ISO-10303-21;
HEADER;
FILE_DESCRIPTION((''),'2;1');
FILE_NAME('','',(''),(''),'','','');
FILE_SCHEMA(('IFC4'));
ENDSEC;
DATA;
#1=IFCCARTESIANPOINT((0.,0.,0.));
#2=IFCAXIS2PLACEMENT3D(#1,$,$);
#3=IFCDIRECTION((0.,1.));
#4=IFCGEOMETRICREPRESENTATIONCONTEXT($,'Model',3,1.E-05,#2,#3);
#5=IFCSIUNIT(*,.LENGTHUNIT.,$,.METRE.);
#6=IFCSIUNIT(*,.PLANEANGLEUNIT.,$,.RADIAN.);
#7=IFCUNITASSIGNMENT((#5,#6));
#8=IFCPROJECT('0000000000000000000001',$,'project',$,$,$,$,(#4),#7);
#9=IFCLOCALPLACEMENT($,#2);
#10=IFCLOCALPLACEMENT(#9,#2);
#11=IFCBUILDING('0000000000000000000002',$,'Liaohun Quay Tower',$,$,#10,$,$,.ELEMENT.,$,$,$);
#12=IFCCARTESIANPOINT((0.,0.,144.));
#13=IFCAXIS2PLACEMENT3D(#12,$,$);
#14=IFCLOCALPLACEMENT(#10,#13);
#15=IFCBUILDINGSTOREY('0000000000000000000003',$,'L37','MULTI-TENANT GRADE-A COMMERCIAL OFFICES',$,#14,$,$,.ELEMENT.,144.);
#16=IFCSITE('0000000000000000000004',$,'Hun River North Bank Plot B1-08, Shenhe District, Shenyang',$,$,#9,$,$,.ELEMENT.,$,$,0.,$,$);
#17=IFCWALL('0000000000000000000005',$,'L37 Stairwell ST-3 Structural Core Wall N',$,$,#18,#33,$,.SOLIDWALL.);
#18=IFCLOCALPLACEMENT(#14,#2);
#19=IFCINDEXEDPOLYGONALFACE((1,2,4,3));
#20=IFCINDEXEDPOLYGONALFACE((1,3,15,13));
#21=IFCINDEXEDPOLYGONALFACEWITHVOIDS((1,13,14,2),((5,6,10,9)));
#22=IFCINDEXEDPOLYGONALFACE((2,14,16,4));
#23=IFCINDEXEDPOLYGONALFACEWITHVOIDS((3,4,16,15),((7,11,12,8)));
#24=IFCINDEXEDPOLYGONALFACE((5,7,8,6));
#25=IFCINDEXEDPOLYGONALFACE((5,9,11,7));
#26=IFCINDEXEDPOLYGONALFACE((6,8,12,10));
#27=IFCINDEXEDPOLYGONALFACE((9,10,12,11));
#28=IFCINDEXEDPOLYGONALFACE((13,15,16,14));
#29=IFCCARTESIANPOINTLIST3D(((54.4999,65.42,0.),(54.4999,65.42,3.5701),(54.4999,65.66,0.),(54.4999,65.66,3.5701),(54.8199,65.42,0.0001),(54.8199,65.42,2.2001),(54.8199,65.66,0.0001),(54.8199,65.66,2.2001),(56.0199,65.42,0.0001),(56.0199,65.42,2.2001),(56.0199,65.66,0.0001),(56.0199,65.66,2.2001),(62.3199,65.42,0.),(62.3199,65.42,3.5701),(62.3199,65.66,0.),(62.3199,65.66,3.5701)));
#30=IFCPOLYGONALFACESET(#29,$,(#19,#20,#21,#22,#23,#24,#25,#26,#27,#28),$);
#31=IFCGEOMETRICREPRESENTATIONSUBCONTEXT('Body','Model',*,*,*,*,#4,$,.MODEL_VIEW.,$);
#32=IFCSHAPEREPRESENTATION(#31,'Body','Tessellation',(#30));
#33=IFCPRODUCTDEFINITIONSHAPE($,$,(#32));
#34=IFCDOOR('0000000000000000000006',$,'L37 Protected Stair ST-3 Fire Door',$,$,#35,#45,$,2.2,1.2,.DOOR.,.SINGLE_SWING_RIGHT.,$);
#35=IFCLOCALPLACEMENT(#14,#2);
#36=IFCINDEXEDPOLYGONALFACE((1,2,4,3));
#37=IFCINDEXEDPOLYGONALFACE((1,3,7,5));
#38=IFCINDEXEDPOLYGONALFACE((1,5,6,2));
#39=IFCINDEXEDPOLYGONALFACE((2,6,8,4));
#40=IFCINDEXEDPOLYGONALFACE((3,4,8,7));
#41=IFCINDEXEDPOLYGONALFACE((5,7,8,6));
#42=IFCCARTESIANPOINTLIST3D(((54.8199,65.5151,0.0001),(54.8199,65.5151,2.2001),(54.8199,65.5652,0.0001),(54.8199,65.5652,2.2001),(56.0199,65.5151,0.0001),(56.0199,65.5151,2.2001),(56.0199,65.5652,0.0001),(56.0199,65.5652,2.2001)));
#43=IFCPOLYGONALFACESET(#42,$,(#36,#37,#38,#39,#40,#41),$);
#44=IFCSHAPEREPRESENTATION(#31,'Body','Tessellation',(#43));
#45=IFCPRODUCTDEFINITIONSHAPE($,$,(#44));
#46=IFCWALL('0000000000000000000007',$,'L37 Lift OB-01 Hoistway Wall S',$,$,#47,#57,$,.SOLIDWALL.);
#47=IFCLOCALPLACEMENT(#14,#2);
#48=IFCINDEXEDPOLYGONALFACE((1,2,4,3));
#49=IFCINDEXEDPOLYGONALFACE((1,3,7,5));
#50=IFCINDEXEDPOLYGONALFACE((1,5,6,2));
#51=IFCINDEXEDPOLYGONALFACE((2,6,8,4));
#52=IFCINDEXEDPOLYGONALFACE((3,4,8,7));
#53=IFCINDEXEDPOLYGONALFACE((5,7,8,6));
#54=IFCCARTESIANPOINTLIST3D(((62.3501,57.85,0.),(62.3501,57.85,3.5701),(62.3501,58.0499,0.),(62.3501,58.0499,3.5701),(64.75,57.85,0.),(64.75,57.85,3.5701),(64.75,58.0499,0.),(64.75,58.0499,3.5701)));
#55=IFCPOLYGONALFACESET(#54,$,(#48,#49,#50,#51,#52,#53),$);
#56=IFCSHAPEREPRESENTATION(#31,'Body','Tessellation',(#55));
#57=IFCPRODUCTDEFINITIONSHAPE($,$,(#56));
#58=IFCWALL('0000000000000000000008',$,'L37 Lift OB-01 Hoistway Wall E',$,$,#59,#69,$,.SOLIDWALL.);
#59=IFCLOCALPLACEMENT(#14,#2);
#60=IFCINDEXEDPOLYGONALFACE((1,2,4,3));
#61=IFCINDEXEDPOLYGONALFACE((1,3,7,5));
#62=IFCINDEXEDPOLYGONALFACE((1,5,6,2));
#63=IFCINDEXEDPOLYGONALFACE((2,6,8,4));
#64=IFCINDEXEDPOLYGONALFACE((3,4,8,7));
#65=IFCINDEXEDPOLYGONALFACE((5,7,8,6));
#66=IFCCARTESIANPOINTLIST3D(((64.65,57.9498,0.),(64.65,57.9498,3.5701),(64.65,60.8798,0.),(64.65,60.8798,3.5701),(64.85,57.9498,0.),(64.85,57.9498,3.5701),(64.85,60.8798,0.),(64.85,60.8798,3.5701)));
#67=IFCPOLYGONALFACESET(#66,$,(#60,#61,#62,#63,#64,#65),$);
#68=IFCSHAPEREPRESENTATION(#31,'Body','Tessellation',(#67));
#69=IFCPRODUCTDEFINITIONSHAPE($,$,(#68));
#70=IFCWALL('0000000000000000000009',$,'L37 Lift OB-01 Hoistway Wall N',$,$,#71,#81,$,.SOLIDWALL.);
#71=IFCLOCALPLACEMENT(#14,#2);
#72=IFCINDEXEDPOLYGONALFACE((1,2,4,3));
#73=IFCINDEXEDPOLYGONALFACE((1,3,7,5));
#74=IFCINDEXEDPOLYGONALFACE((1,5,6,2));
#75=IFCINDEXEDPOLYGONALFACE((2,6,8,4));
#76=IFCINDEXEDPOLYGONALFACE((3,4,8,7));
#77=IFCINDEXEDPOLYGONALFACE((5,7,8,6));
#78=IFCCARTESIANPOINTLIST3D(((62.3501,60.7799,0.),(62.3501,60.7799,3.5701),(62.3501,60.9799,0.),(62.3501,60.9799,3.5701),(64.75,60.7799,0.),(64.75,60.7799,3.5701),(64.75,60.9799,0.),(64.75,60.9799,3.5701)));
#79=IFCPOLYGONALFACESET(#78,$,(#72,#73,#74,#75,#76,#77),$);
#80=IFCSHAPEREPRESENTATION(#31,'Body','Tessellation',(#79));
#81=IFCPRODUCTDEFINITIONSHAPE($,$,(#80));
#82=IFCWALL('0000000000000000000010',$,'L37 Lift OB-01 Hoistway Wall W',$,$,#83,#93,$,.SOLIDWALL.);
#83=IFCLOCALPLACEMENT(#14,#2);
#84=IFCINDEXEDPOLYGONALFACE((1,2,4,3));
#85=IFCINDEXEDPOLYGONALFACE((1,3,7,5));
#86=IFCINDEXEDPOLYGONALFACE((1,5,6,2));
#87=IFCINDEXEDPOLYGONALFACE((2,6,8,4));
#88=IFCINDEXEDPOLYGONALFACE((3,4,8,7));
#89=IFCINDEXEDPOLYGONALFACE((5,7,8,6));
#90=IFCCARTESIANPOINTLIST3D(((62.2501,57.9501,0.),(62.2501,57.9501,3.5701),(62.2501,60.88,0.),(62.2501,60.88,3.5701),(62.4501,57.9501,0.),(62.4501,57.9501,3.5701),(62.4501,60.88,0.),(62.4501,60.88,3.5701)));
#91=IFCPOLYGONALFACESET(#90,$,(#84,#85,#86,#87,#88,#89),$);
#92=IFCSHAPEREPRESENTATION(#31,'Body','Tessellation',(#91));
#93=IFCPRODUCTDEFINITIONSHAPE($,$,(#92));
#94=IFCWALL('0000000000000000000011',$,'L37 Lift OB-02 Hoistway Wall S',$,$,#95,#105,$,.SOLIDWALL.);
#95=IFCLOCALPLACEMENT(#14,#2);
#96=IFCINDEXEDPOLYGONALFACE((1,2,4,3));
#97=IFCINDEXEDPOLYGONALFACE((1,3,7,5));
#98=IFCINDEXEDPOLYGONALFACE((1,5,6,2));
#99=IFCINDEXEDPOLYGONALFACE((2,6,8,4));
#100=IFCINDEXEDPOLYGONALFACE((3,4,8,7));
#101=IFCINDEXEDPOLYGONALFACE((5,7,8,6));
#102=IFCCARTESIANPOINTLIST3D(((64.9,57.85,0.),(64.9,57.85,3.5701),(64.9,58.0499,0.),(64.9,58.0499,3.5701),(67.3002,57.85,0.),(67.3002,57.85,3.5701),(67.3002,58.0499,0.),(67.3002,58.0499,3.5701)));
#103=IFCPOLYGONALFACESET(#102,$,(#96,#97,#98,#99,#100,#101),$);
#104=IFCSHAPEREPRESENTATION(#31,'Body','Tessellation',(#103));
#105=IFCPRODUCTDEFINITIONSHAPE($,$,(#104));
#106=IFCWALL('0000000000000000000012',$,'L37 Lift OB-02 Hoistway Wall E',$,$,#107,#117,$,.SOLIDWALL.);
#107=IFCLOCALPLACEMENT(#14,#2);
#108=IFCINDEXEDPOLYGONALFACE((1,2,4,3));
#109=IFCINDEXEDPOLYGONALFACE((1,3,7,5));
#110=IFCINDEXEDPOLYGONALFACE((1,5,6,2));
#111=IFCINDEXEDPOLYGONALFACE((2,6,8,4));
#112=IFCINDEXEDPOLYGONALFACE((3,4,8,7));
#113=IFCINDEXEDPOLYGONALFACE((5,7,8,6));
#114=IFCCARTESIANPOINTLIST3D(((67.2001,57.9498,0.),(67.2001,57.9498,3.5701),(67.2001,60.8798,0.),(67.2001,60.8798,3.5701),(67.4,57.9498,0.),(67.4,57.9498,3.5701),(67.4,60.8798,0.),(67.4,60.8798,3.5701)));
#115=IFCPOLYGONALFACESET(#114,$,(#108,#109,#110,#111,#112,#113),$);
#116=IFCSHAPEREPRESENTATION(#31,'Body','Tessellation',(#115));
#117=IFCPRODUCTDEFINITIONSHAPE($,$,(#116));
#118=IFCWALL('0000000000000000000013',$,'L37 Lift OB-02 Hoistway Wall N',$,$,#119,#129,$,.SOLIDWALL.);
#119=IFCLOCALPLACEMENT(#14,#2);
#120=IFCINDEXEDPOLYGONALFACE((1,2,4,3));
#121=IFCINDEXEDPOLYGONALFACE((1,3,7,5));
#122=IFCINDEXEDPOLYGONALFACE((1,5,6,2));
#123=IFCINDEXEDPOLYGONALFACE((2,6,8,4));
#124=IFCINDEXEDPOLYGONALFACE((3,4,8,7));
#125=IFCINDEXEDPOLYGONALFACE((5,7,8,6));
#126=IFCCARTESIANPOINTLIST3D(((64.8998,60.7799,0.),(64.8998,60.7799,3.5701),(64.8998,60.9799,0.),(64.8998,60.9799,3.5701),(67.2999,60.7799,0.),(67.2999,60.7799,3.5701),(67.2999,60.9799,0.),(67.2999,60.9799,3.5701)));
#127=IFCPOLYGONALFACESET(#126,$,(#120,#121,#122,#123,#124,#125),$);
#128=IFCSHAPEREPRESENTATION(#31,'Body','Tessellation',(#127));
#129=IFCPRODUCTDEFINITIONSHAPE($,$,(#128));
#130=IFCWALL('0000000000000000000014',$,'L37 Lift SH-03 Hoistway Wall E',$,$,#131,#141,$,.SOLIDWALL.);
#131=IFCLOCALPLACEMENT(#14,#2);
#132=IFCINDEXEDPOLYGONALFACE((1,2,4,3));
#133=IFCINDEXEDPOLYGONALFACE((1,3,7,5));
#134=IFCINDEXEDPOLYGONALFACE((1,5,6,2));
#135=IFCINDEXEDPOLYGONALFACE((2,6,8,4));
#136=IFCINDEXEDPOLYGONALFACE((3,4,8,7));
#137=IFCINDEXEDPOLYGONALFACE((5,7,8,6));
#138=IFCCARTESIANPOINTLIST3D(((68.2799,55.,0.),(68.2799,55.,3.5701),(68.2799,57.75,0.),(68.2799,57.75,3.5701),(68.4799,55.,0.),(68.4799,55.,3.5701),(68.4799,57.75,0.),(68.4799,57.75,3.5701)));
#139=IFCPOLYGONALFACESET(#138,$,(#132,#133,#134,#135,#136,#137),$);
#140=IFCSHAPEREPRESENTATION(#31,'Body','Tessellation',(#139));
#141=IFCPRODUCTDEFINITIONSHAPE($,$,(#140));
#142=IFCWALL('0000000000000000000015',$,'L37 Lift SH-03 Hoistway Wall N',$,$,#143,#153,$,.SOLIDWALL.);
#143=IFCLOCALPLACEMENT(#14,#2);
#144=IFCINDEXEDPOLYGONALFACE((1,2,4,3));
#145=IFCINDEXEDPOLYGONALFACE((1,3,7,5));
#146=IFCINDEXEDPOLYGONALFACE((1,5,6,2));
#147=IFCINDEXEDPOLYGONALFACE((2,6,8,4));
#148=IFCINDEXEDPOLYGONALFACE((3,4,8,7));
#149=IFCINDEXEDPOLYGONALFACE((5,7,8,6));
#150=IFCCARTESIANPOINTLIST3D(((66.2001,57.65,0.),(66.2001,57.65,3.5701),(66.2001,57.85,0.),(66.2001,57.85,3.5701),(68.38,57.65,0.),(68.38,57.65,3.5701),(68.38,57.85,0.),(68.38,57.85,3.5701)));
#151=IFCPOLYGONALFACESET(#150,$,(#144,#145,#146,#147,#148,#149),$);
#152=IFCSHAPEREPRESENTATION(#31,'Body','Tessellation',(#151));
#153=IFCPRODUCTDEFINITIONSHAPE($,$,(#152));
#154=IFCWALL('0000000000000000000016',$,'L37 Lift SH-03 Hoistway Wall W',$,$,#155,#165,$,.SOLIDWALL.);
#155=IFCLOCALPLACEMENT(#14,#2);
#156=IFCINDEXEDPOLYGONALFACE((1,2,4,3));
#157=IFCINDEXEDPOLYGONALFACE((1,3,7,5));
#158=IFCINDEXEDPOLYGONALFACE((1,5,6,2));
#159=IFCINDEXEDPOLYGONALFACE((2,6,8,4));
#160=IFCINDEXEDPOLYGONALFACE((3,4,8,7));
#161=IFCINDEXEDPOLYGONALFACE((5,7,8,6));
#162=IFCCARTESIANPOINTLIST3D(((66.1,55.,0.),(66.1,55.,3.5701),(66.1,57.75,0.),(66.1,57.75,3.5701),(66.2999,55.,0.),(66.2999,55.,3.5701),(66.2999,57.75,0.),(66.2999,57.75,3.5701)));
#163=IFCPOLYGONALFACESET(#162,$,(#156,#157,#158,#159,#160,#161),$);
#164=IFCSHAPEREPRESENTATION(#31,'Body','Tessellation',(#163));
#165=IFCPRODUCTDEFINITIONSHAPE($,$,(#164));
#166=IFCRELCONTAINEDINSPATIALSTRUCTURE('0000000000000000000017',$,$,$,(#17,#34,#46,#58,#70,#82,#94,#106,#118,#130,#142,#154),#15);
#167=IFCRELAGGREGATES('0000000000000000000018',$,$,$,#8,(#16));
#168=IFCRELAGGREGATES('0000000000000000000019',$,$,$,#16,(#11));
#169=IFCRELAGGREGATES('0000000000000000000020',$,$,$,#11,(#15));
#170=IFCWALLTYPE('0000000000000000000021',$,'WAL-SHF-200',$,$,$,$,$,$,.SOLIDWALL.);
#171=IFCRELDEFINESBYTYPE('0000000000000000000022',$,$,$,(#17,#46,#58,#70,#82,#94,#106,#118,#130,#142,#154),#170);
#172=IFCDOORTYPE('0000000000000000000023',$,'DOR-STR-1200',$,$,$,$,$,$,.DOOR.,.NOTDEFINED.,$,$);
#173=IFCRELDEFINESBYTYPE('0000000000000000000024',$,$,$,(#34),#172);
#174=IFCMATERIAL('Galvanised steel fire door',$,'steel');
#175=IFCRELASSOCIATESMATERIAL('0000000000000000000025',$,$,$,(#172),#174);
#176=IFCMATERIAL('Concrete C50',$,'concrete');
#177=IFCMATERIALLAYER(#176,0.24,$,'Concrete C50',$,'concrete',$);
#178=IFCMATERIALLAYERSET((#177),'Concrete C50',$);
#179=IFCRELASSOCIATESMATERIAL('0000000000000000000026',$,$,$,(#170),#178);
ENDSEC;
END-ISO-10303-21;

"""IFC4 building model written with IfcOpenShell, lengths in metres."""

from ifc_helpers import new_model, si_unit, direction, frame, frame_2d, origin, place, context, subcontext, project, spatial, rectangle, extrude, source, transform, mapped, material, layer, layer_set, type_object, element, fill, save


model = new_model("IFC4")

# Units and contexts
model_context = context("Model", 3, precision=1e-05, world=origin(), true_north=direction((0.0, 1.0)))
body_context = subcontext(model_context, "Body", "Model", "MODEL_VIEW")
ifc_project = project(units=[si_unit("LENGTHUNIT", "METRE"), si_unit("PLANEANGLEUNIT", "RADIAN")], contexts=[model_context])

# Site, building, storey
site_placement = place(None, origin())
site = spatial("IfcSite", under=ifc_project, at=site_placement, Name="Hun River North Bank Plot B1-08, Shenhe District, Shenyang", CompositionType="ELEMENT", RefElevation=0.0)
building_placement = place(site_placement, origin())
building = spatial("IfcBuilding", under=site, at=building_placement, Name="Liaohun Quay Tower", CompositionType="ELEMENT")
storey_placement = place(building_placement, frame((0.0, 0.0, 144.0)))
storey = spatial("IfcBuildingStorey", under=building, at=storey_placement, Name="L37", Description="MULTI-TENANT GRADE-A COMMERCIAL OFFICES", CompositionType="ELEMENT", Elevation=144.0)

# Shared definitions
ifc_material_1 = material(Name="Galvanised steel fire door", Category="steel")
door_type_1 = type_object("IfcDoorType", Name="DOR-STR-1200", OperationType="NOTDEFINED", PredefinedType="DOOR", material=ifc_material_1)
shared_shape_1 = source(origin(), body_context, "Body", "SweptSolid", [
    extrude(rectangle(XDim=1.2, YDim=2.2, at=frame_2d((0.6001, 1.1001))), frame((0.0, 0.0249, 0.0), z_axis=(0.0, -1.0, 0.0), x_axis=(1.0, 0.0, 0.0)), (0.0, 0.0, 1.0), 0.05),
])

# Shared definitions
ifc_material_2 = material(Name="Concrete C50", Category="concrete")
ifc_layer_1 = layer(ifc_material_2, 0.24, Name="Concrete C50", Category="concrete")
ifc_layer_set_1 = layer_set([ifc_layer_1], Name="Concrete C50")
wall_type_1 = type_object("IfcWallType", Name="WAL-SHF-200", PredefinedType="SOLIDWALL", material=ifc_layer_set_1)

# Wall, opening, door
wall_1_placement = place(storey_placement, frame((62.3201, 65.54, 0.0), z_axis=(0.0, 0.0, 1.0), x_axis=(-1.0, 0.0, 0.0)))
wall_1 = element("IfcWall", 1, at=wall_1_placement, inside=storey, type_object=wall_type_1, Name="L37 Stairwell ST-3 Structural Core Wall N", PredefinedType="SOLIDWALL", context=body_context, shape_type="SweptSolid", body=[
    extrude(rectangle(XDim=7.8201, YDim=0.24, at=frame_2d((3.9102, 0.0))), origin(), (0.0, 0.0, 1.0), 3.5701),
])
shared_shape_2 = source(origin(), body_context, "Body", "SweptSolid", [
    extrude(rectangle(XDim=1.2, YDim=2.2, at=frame_2d((0.6001, 1.1001))), frame((0.0, 0.1299, 0.0), z_axis=(0.0, -1.0, 0.0), x_axis=(1.0, 0.0, 0.0)), (0.0, 0.0, 1.0), 0.26),
])
opening_1_placement = place(wall_1_placement, frame((6.3, 0.0, 0.0)))
opening_1 = element("IfcOpeningElement", 2, at=opening_1_placement, cuts=wall_1, PredefinedType="OPENING", context=body_context, shape_type="MappedRepresentation", body=[
    mapped(shared_shape_2, transform((0.0, 0.0, 0.0), x_axis=(1.0, 0.0, 0.0), y_axis=(0.0, 1.0, 0.0), z_axis=(0.0, 0.0, 1.0), scale=1.0)),
])
door_1_placement = place(opening_1_placement, origin())
door_1 = element("IfcDoor", 3, at=door_1_placement, inside=storey, type_object=door_type_1, Name="L37 Protected Stair ST-3 Fire Door", OperationType="SINGLE_SWING_RIGHT", OverallHeight=2.2, OverallWidth=1.2, PredefinedType="DOOR", context=body_context, shape_type="MappedRepresentation", body=[
    mapped(shared_shape_1, transform((0.0, 0.0, 0.0), x_axis=(1.0, 0.0, 0.0), y_axis=(0.0, 1.0, 0.0), z_axis=(0.0, 0.0, 1.0), scale=1.0)),
])
fill(opening_1, door_1)

# Walls
wall_2_placement = place(storey_placement, frame((62.3501, 57.95, 0.0), z_axis=(0.0, 0.0, 1.0), x_axis=(1.0, 0.0, 0.0)))
element("IfcWall", 4, at=wall_2_placement, inside=storey, type_object=wall_type_1, Name="L37 Lift OB-01 Hoistway Wall S", PredefinedType="SOLIDWALL", context=body_context, shape_type="SweptSolid", body=[
    extrude(rectangle(XDim=2.3999, YDim=0.2, at=frame_2d((1.2, 0.0))), origin(), (0.0, 0.0, 1.0), 3.5701),
])
wall_3_placement = place(storey_placement, frame((64.75, 57.95, 0.0), z_axis=(0.0, 0.0, 1.0), x_axis=(0.0, 1.0, 0.0)))
element("IfcWall", 5, at=wall_3_placement, inside=storey, type_object=wall_type_1, Name="L37 Lift OB-01 Hoistway Wall E", PredefinedType="SOLIDWALL", context=body_context, shape_type="SweptSolid", body=[
    extrude(rectangle(XDim=2.9299, YDim=0.2, at=frame_2d((1.4648, 0.0))), origin(), (0.0, 0.0, 1.0), 3.5701),
])
wall_4_placement = place(storey_placement, frame((64.75, 60.8799, 0.0), z_axis=(0.0, 0.0, 1.0), x_axis=(-1.0, 0.0, 0.0)))
element("IfcWall", 6, at=wall_4_placement, inside=storey, type_object=wall_type_1, Name="L37 Lift OB-01 Hoistway Wall N", PredefinedType="SOLIDWALL", context=body_context, shape_type="SweptSolid", body=[
    extrude(rectangle(XDim=2.3999, YDim=0.2, at=frame_2d((1.2, 0.0))), origin(), (0.0, 0.0, 1.0), 3.5701),
])
wall_5_placement = place(storey_placement, frame((62.3501, 60.8799, 0.0), z_axis=(0.0, 0.0, 1.0), x_axis=(0.0, -1.0, 0.0)))
element("IfcWall", 7, at=wall_5_placement, inside=storey, type_object=wall_type_1, Name="L37 Lift OB-01 Hoistway Wall W", PredefinedType="SOLIDWALL", context=body_context, shape_type="SweptSolid", body=[
    extrude(rectangle(XDim=2.9299, YDim=0.2, at=frame_2d((1.4648, 0.0))), origin(), (0.0, 0.0, 1.0), 3.5701),
])
wall_6_placement = place(storey_placement, frame((64.8999, 57.95, 0.0), z_axis=(0.0, 0.0, 1.0), x_axis=(1.0, 0.0, 0.0)))
element("IfcWall", 8, at=wall_6_placement, inside=storey, type_object=wall_type_1, Name="L37 Lift OB-02 Hoistway Wall S", PredefinedType="SOLIDWALL", context=body_context, shape_type="SweptSolid", body=[
    extrude(rectangle(XDim=2.4001, YDim=0.2, at=frame_2d((1.2002, 0.0))), origin(), (0.0, 0.0, 1.0), 3.5701),
])
wall_7_placement = place(storey_placement, frame((67.3, 57.95, 0.0), z_axis=(0.0, 0.0, 1.0), x_axis=(0.0, 1.0, 0.0)))
element("IfcWall", 9, at=wall_7_placement, inside=storey, type_object=wall_type_1, Name="L37 Lift OB-02 Hoistway Wall E", PredefinedType="SOLIDWALL", context=body_context, shape_type="SweptSolid", body=[
    extrude(rectangle(XDim=2.9299, YDim=0.2, at=frame_2d((1.4648, 0.0))), origin(), (0.0, 0.0, 1.0), 3.5701),
])
wall_8_placement = place(storey_placement, frame((67.3, 60.8799, 0.0), z_axis=(0.0, 0.0, 1.0), x_axis=(-1.0, 0.0, 0.0)))
element("IfcWall", 10, at=wall_8_placement, inside=storey, type_object=wall_type_1, Name="L37 Lift OB-02 Hoistway Wall N", PredefinedType="SOLIDWALL", context=body_context, shape_type="SweptSolid", body=[
    extrude(rectangle(XDim=2.4001, YDim=0.2, at=frame_2d((1.2002, 0.0))), origin(), (0.0, 0.0, 1.0), 3.5701),
])
wall_9_placement = place(storey_placement, frame((68.3799, 55.0, 0.0), z_axis=(0.0, 0.0, 1.0), x_axis=(0.0, 1.0, 0.0)))
element("IfcWall", 11, at=wall_9_placement, inside=storey, type_object=wall_type_1, Name="L37 Lift SH-03 Hoistway Wall E", PredefinedType="SOLIDWALL", context=body_context, shape_type="SweptSolid", body=[
    extrude(rectangle(XDim=2.75, YDim=0.2, at=frame_2d((1.375, 0.0))), origin(), (0.0, 0.0, 1.0), 3.5701),
])
wall_10_placement = place(storey_placement, frame((68.3799, 57.75, 0.0), z_axis=(0.0, 0.0, 1.0), x_axis=(-1.0, 0.0, 0.0)))
element("IfcWall", 12, at=wall_10_placement, inside=storey, type_object=wall_type_1, Name="L37 Lift SH-03 Hoistway Wall N", PredefinedType="SOLIDWALL", context=body_context, shape_type="SweptSolid", body=[
    extrude(rectangle(XDim=2.1799, YDim=0.2, at=frame_2d((1.0898, 0.0))), origin(), (0.0, 0.0, 1.0), 3.5701),
])
wall_11_placement = place(storey_placement, frame((66.2, 57.75, 0.0), z_axis=(0.0, 0.0, 1.0), x_axis=(0.0, -1.0, 0.0)))
element("IfcWall", 13, at=wall_11_placement, inside=storey, type_object=wall_type_1, Name="L37 Lift SH-03 Hoistway Wall W", PredefinedType="SOLIDWALL", context=body_context, shape_type="SweptSolid", body=[
    extrude(rectangle(XDim=2.75, YDim=0.2, at=frame_2d((1.375, 0.0))), origin(), (0.0, 0.0, 1.0), 3.5701),
])

save(model, "model.ifc")
